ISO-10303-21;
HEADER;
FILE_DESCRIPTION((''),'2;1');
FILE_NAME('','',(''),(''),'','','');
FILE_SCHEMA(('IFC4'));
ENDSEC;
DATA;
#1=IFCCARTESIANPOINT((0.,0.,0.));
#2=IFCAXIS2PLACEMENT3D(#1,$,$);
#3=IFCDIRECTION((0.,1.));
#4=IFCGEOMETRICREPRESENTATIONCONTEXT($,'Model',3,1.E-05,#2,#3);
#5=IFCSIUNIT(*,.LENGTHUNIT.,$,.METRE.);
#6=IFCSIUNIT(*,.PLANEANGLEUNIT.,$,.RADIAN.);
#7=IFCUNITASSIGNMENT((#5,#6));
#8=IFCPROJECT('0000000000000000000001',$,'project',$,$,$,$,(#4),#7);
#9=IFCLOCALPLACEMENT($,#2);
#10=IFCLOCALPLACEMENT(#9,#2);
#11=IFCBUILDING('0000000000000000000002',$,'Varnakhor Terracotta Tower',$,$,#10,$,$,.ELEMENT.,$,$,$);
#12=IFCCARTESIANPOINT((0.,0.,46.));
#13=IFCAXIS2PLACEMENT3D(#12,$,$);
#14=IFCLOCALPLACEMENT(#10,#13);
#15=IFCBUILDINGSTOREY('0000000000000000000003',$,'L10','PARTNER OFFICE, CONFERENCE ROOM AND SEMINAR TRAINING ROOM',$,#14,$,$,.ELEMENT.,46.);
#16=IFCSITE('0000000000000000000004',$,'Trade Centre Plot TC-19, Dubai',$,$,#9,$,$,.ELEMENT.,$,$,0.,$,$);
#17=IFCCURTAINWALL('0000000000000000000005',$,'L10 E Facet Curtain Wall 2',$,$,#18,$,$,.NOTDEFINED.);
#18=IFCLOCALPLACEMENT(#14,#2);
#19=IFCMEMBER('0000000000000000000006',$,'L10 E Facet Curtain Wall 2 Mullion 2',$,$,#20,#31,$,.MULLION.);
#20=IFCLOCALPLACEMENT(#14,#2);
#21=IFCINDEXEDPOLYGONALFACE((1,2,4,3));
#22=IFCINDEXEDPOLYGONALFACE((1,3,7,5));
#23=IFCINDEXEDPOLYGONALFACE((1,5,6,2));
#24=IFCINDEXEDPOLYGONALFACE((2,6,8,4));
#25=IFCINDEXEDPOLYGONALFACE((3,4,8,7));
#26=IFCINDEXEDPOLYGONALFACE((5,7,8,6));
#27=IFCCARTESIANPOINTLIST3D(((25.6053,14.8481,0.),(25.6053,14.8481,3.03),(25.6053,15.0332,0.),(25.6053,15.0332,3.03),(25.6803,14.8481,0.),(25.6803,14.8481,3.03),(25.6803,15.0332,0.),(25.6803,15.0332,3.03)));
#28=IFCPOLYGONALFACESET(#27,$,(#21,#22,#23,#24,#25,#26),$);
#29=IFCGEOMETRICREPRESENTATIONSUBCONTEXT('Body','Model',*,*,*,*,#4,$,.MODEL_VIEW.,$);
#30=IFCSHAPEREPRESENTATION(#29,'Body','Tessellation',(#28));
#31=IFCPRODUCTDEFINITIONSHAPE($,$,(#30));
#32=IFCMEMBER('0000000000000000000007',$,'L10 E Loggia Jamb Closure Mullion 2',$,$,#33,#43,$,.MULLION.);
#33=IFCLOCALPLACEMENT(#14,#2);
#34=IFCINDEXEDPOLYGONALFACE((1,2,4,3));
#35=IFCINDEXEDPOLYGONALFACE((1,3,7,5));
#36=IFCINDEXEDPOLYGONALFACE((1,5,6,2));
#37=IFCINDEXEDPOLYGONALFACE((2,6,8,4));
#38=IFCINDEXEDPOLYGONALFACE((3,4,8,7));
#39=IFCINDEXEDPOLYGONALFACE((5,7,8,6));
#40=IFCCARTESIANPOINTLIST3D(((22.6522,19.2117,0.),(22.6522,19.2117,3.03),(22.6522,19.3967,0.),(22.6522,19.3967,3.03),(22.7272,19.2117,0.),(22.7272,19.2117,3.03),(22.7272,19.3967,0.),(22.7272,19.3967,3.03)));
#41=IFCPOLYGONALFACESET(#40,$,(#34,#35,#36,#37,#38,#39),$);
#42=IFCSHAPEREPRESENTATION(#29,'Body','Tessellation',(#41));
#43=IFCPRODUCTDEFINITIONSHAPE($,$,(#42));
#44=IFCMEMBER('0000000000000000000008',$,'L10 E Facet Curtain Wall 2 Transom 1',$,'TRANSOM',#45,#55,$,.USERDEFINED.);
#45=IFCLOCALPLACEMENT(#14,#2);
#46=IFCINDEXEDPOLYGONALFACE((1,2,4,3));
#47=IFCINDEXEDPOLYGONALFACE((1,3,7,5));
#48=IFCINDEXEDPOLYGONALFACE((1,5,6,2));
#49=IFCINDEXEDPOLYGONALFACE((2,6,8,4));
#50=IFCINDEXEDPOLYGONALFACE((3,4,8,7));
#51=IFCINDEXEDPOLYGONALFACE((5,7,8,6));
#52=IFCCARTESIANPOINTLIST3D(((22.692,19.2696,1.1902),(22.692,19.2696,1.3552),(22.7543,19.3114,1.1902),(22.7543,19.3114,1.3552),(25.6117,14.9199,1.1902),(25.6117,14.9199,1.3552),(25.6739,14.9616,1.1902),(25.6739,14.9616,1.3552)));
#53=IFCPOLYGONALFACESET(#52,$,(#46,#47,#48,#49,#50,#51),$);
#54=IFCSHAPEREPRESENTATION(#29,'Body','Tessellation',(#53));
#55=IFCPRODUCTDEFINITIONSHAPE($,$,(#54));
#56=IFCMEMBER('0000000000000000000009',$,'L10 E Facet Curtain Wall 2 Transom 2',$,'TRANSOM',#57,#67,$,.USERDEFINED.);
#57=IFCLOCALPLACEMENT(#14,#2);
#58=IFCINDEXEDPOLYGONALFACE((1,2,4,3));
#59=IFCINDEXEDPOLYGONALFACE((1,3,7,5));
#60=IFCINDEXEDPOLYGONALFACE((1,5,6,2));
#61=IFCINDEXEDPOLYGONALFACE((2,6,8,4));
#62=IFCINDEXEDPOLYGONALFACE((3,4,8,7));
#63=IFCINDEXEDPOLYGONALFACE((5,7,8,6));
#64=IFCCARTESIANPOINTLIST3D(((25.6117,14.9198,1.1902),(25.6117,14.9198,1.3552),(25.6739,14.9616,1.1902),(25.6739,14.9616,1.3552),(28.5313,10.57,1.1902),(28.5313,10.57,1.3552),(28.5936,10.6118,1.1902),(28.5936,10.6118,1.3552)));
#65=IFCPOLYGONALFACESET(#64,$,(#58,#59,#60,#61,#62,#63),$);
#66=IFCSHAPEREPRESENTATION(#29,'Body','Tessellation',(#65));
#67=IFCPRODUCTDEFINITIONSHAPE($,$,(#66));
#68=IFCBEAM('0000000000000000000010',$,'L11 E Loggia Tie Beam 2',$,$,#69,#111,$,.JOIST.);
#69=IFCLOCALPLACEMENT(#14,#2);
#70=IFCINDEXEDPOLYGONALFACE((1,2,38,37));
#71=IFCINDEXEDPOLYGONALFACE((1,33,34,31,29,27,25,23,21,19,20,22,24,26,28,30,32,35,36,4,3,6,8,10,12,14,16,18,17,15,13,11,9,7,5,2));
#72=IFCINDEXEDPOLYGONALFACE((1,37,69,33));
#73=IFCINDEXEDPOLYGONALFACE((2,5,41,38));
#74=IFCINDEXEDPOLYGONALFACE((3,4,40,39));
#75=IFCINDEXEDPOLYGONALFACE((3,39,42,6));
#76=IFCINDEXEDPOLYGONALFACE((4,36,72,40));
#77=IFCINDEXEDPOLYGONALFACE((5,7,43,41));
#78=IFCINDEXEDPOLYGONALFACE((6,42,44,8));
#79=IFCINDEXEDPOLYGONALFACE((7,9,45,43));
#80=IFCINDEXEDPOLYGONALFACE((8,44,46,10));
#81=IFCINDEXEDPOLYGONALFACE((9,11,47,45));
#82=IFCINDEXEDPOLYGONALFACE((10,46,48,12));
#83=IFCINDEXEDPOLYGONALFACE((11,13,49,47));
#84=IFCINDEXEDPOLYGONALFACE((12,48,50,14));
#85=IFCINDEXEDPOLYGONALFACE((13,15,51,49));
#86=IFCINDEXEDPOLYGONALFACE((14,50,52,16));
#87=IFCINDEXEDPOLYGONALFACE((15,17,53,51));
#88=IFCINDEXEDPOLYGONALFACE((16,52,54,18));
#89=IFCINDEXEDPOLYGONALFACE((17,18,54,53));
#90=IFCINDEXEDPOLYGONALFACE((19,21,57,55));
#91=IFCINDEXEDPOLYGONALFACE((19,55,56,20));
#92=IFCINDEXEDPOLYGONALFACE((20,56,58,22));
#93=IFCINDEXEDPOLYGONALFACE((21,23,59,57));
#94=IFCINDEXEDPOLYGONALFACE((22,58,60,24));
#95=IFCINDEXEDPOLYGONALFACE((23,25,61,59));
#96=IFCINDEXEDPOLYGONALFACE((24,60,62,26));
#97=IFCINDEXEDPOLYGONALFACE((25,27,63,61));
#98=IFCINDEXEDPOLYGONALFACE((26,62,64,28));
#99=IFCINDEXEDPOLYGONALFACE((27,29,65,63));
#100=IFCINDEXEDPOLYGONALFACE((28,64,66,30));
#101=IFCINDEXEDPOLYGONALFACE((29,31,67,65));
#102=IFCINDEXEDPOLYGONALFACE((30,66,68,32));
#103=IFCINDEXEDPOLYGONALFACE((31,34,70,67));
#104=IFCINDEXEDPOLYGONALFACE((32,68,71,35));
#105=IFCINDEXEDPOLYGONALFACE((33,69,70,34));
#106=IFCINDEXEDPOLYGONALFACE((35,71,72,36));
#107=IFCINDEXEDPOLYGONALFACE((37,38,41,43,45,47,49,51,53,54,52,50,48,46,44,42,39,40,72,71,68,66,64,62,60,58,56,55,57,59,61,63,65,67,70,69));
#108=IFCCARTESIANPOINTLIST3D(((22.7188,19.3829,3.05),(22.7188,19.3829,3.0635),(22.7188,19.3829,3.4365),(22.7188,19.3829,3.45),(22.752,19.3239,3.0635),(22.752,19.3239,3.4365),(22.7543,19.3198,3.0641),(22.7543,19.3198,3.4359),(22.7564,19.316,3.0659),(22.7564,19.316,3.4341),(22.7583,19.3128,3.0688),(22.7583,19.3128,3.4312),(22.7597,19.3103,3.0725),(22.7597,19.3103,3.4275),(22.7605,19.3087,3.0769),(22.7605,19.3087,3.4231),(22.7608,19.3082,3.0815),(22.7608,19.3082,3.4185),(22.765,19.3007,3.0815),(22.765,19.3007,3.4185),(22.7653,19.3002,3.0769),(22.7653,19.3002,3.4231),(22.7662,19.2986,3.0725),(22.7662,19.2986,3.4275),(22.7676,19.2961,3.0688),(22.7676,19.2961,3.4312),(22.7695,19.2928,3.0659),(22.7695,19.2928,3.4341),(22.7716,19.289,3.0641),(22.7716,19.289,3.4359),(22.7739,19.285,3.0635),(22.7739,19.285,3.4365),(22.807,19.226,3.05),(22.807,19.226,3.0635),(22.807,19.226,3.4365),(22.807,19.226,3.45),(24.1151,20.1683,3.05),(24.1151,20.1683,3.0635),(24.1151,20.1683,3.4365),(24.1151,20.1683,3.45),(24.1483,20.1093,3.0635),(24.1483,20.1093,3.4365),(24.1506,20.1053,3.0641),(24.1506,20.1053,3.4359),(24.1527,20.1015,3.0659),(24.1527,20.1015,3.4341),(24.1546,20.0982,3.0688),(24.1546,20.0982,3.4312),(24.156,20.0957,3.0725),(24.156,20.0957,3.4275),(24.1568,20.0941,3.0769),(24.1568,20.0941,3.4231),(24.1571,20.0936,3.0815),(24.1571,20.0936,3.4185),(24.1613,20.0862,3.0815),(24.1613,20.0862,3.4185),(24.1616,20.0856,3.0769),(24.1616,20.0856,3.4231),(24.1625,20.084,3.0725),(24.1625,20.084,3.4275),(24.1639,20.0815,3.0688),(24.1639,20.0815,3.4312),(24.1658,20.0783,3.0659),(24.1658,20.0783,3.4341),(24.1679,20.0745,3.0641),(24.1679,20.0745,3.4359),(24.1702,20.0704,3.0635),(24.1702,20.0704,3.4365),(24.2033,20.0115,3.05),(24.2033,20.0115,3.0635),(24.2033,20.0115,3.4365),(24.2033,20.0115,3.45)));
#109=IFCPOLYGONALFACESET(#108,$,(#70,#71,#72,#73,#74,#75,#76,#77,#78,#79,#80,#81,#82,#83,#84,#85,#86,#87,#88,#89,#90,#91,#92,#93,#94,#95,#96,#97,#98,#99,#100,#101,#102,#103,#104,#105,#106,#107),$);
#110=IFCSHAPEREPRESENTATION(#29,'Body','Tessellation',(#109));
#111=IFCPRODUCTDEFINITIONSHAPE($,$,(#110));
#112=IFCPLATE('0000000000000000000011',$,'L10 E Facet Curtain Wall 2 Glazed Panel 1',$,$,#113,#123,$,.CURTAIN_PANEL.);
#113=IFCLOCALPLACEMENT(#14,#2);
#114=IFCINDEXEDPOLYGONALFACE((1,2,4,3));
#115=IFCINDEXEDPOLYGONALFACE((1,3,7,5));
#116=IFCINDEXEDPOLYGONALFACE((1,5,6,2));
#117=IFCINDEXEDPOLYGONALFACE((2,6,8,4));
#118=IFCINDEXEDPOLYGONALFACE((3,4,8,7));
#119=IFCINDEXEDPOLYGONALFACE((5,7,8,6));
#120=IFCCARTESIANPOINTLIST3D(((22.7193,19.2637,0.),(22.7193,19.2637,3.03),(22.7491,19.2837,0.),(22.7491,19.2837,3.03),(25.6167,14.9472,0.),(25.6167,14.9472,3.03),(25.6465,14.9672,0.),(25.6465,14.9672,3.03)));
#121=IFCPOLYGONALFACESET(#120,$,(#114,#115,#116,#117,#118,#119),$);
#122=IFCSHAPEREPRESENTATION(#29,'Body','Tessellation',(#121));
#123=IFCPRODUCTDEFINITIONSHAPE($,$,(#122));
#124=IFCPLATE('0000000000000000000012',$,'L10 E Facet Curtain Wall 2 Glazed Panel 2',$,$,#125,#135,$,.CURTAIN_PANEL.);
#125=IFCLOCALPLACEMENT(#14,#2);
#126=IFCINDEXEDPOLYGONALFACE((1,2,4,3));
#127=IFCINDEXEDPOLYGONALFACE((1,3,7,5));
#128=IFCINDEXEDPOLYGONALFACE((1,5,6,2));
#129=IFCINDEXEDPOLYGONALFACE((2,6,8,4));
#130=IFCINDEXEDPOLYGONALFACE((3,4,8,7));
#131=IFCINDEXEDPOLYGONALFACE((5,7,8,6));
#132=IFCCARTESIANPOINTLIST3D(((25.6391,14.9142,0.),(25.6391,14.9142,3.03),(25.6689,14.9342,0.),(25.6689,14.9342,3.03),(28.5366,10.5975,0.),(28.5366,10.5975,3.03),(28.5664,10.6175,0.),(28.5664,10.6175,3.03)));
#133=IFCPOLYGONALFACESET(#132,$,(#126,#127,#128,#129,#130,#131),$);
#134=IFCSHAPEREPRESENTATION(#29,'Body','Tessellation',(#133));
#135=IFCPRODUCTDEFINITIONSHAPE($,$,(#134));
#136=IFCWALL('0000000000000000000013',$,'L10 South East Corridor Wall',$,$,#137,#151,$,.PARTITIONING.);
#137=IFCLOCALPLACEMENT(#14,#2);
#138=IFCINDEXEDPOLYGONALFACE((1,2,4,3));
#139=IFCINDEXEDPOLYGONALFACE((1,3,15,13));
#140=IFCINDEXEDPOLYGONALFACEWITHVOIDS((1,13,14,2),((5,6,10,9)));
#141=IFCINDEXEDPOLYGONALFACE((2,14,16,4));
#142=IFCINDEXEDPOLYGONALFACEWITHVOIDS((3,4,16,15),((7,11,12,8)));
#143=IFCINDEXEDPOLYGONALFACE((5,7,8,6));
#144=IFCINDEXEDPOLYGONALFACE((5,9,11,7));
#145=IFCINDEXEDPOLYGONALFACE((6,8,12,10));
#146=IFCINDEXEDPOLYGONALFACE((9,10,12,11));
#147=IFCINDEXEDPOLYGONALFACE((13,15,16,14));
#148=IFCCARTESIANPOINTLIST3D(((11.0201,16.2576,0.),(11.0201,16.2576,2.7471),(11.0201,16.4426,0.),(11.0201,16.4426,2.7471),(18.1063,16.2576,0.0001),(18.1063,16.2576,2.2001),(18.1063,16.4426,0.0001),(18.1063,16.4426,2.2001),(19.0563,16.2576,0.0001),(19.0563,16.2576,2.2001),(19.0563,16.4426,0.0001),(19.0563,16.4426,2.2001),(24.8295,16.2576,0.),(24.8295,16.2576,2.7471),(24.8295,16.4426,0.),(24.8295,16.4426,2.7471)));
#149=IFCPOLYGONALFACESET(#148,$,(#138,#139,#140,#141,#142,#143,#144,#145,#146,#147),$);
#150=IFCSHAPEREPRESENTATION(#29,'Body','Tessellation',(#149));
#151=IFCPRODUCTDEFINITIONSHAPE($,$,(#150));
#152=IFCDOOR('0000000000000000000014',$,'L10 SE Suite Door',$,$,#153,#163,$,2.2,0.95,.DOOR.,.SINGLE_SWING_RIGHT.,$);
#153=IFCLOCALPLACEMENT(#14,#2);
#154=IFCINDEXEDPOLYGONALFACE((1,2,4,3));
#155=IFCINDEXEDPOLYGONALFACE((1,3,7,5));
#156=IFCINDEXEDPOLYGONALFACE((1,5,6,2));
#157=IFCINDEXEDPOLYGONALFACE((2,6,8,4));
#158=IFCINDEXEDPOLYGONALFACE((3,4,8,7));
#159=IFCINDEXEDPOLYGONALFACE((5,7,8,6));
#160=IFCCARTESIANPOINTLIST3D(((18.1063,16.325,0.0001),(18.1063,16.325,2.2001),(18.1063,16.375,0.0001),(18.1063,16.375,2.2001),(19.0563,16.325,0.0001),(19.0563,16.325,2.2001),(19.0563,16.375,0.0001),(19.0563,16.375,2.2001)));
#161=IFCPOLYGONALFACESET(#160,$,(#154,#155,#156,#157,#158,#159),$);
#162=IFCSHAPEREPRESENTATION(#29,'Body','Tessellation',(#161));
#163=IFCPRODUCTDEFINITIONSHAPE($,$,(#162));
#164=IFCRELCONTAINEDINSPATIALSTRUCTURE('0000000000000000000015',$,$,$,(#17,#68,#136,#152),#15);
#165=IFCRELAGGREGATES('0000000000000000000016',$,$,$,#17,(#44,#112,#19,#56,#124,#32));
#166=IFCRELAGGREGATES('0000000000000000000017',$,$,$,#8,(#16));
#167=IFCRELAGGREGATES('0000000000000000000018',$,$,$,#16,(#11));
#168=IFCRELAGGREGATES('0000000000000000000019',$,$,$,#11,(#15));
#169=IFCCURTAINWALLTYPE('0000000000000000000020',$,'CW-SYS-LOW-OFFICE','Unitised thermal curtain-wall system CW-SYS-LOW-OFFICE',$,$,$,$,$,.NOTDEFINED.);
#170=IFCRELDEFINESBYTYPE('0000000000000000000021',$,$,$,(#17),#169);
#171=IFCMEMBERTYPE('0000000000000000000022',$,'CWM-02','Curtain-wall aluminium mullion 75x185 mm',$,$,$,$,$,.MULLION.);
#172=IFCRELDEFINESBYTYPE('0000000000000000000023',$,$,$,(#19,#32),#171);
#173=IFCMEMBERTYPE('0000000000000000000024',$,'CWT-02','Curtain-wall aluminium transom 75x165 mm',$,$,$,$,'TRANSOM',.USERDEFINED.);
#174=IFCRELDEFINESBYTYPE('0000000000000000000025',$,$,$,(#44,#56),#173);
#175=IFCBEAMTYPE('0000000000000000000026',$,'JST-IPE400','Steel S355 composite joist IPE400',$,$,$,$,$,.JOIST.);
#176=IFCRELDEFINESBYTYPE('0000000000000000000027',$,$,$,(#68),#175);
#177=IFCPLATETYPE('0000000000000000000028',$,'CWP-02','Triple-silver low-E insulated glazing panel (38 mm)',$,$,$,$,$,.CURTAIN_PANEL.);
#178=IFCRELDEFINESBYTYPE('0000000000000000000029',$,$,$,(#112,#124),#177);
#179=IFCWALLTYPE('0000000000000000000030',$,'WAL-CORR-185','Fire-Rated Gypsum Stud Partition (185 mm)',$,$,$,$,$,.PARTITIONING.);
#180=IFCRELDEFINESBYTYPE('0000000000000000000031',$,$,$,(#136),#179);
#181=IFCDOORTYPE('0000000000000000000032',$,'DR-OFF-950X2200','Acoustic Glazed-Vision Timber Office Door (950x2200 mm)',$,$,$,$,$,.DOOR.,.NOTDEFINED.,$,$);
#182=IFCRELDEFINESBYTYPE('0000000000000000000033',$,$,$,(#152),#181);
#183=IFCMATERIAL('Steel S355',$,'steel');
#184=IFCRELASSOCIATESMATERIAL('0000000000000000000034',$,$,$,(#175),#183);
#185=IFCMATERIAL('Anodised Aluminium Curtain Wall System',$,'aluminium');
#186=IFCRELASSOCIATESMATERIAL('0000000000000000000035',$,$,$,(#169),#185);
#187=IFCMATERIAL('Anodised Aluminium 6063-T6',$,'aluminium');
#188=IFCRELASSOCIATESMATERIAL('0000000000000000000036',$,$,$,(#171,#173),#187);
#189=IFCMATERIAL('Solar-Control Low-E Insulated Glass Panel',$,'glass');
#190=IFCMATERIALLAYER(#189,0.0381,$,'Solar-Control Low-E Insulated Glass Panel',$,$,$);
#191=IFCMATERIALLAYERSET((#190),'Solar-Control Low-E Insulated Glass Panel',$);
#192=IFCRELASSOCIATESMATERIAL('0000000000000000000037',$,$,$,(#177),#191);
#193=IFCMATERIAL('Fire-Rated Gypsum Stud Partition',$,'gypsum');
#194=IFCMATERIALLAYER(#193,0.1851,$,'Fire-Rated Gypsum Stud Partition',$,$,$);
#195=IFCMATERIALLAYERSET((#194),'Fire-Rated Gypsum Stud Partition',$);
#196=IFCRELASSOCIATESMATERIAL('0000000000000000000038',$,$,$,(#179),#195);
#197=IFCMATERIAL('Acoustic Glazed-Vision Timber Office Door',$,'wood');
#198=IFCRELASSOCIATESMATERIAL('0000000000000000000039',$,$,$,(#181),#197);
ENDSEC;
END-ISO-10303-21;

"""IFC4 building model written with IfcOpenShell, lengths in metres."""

from ifc_helpers import new_model, si_unit, direction, frame, frame_2d, origin, origin_2d, place, context, subcontext, project, spatial, rectangle, i_section, extrude, source, transform, mapped, material, layer, layer_set, material_profile, profile_set, type_object, type_shapes, element, fill, aggregate, save


model = new_model("IFC4")

# Units and contexts
model_context = context("Model", 3, precision=1e-05, world=origin(), true_north=direction((0.0, 1.0)))
body_context = subcontext(model_context, "Body", "Model", "MODEL_VIEW")
ifc_project = project(units=[si_unit("LENGTHUNIT", "METRE"), si_unit("PLANEANGLEUNIT", "RADIAN")], contexts=[model_context])

# Site, building, storey
site_placement = place(None, origin())
site = spatial("IfcSite", under=ifc_project, at=site_placement, Name="Trade Centre Plot TC-19, Dubai", CompositionType="ELEMENT", RefElevation=0.0)
building_placement = place(site_placement, origin())
building = spatial("IfcBuilding", under=site, at=building_placement, Name="Varnakhor Terracotta Tower", CompositionType="ELEMENT")
storey_placement = place(building_placement, frame((0.0, 0.0, 46.0)))
storey = spatial("IfcBuildingStorey", under=building, at=storey_placement, Name="L10", Description="PARTNER OFFICE, CONFERENCE ROOM AND SEMINAR TRAINING ROOM", CompositionType="ELEMENT", Elevation=46.0)

# Shared definitions
ifc_material_1 = material(Name="Steel S355", Category="steel")
ifc_material_profile_1 = material_profile(ifc_material_1, i_section(OverallWidth=0.1799, OverallDepth=0.3999, WebThickness=0.0085, FlangeThickness=0.0134, FilletRadius=0.0181, at=origin_2d()), Name="IPE400")
ifc_profile_set_1 = profile_set([ifc_material_profile_1], Name="Steel S355")
beam_type_1 = type_object("IfcBeamType", Name="JST-IPE400", Description="Steel S355 composite joist IPE400", PredefinedType="JOIST", material=ifc_profile_set_1)

# Curtain wall, members
ifc_material_2 = material(Name="Anodised Aluminium Curtain Wall System", Category="aluminium")
curtain_wall_type = type_object("IfcCurtainWallType", Name="CW-SYS-LOW-OFFICE", Description="Unitised thermal curtain-wall system CW-SYS-LOW-OFFICE", PredefinedType="NOTDEFINED", material=ifc_material_2)
curtain_wall_placement = place(storey_placement, origin())
curtain_wall = element("IfcCurtainWall", 1, at=curtain_wall_placement, inside=storey, type_object=curtain_wall_type, Name="L10 E Facet Curtain Wall 2", PredefinedType="NOTDEFINED")
ifc_material_3 = material(Name="Anodised Aluminium 6063-T6", Category="aluminium")
ifc_material_profile_2 = material_profile(ifc_material_3, rectangle(XDim=0.075, YDim=0.1851, at=origin_2d()), Name="ALU MULLION 75x185")
ifc_profile_set_2 = profile_set([ifc_material_profile_2], Name="Anodised Aluminium 6063-T6")
member_type_1 = type_object("IfcMemberType", Name="CWM-02", Description="Curtain-wall aluminium mullion 75x185 mm", PredefinedType="MULLION", material=ifc_profile_set_2)
shared_shape_1 = source(origin(), body_context, "Body", "SweptSolid", [
    extrude(rectangle(XDim=0.075, YDim=0.1851, at=origin_2d()), origin(), (0.0, 0.0, 1.0), 3.03),
])
type_shapes(member_type_1, [shared_shape_1])
member_1_placement = place(storey_placement, frame((25.6428, 14.9407, 0.0), z_axis=(0.0, 0.0, 1.0), x_axis=(1.0, 0.0, 0.0)))
member_1 = element("IfcMember", 2, at=member_1_placement, type_object=member_type_1, Name="L10 E Facet Curtain Wall 2 Mullion 2", PredefinedType="MULLION", context=body_context, shape_type="MappedRepresentation", body=[
    mapped(shared_shape_1, transform((0.0, 0.0, 0.0), scale=1.0)),
])
member_2_placement = place(storey_placement, frame((22.6897, 19.3042, 0.0), z_axis=(0.0, 0.0, 1.0), x_axis=(1.0, 0.0, 0.0)))
member_2 = element("IfcMember", 3, at=member_2_placement, type_object=member_type_1, Name="L10 E Loggia Jamb Closure Mullion 2", PredefinedType="MULLION", context=body_context, shape_type="MappedRepresentation", body=[
    mapped(shared_shape_1, transform((0.0, 0.0, 0.0), scale=1.0)),
])
ifc_material_profile_3 = material_profile(ifc_material_3, rectangle(XDim=0.075, YDim=0.165, at=origin_2d()), Name="ALU TRANSOM 75x165")
ifc_profile_set_3 = profile_set([ifc_material_profile_3], Name="Anodised Aluminium 6063-T6")
member_type_2 = type_object("IfcMemberType", Name="CWT-02", Description="Curtain-wall aluminium transom 75x165 mm", ElementType="TRANSOM", PredefinedType="USERDEFINED", material=ifc_profile_set_3)
shared_shape_2 = source(origin(), body_context, "Body", "SweptSolid", [
    extrude(rectangle(XDim=0.075, YDim=0.165, at=origin_2d()), origin(), (0.0, 0.0, 1.0), 5.2388),
])
member_3_placement = place(storey_placement, frame((22.7231, 19.2905, 1.2727), z_axis=(0.557311, -0.830304, 0.0), x_axis=(0.830304, 0.557311, 0.0)))
member_3 = element("IfcMember", 4, at=member_3_placement, type_object=member_type_2, Name="L10 E Facet Curtain Wall 2 Transom 1", ObjectType="TRANSOM", PredefinedType="USERDEFINED", context=body_context, shape_type="MappedRepresentation", body=[
    mapped(shared_shape_2, transform((0.0, 0.0, 0.0), scale=1.0)),
])
member_4_placement = place(storey_placement, frame((25.6428, 14.9407, 1.2727), z_axis=(0.557311, -0.830304, 0.0), x_axis=(0.830304, 0.557311, 0.0)))
member_4 = element("IfcMember", 5, at=member_4_placement, type_object=member_type_2, Name="L10 E Facet Curtain Wall 2 Transom 2", ObjectType="TRANSOM", PredefinedType="USERDEFINED", context=body_context, shape_type="MappedRepresentation", body=[
    mapped(shared_shape_2, transform((0.0, 0.0, 0.0), scale=1.0)),
])

# Beam
shared_shape_3 = source(origin(), body_context, "Body", "SweptSolid", [
    extrude(i_section(OverallWidth=0.1799, OverallDepth=0.3999, WebThickness=0.0085, FlangeThickness=0.0134, FilletRadius=0.0181, at=origin_2d()), origin(), (0.0, 0.0, 1.0), 1.6021),
])
beam_1_placement = place(storey_placement, frame((22.7629, 19.3044, 3.25), z_axis=(0.871571, 0.490268, 0.0), x_axis=(-0.490268, 0.871571, 0.0)))
element("IfcBeam", 6, at=beam_1_placement, inside=storey, type_object=beam_type_1, Name="L11 E Loggia Tie Beam 2", PredefinedType="JOIST", context=body_context, shape_type="MappedRepresentation", body=[
    mapped(shared_shape_3, transform((0.0, 0.0, 0.0), scale=1.0)),
])

# Plates
ifc_material_4 = material(Name="Solar-Control Low-E Insulated Glass Panel", Category="glass")
ifc_layer_1 = layer(ifc_material_4, 0.0381, Name="Solar-Control Low-E Insulated Glass Panel")
ifc_layer_set_1 = layer_set([ifc_layer_1], Name="Solar-Control Low-E Insulated Glass Panel")
plate_type = type_object("IfcPlateType", Name="CWP-02", Description="Triple-silver low-E insulated glazing panel (38 mm)", PredefinedType="CURTAIN_PANEL", material=ifc_layer_set_1)
shared_shape_4 = source(origin(), body_context, "Body", "SweptSolid", [
    extrude(rectangle(XDim=5.1987, YDim=0.0359, at=origin_2d()), origin(), (0.0, 0.0, 1.0), 3.03),
])
plate_1_placement = place(storey_placement, frame((24.1829, 17.1155, 0.0), z_axis=(0.0, 0.0, 1.0), x_axis=(0.557325, -0.830294, 0.0)))
plate_1 = element("IfcPlate", 7, at=plate_1_placement, type_object=plate_type, Name="L10 E Facet Curtain Wall 2 Glazed Panel 1", PredefinedType="CURTAIN_PANEL", context=body_context, shape_type="MappedRepresentation", body=[
    mapped(shared_shape_4, transform((0.0, 0.0, 0.0), scale=1.0)),
])
shared_shape_5 = source(origin(), body_context, "Body", "SweptSolid", [
    extrude(rectangle(XDim=5.199, YDim=0.0359, at=origin_2d()), origin(), (0.0, 0.0, 1.0), 3.03),
])
plate_2_placement = place(storey_placement, frame((27.1028, 12.7659, 0.0), z_axis=(0.0, 0.0, 1.0), x_axis=(0.557325, -0.830294, 0.0)))
plate_2 = element("IfcPlate", 8, at=plate_2_placement, type_object=plate_type, Name="L10 E Facet Curtain Wall 2 Glazed Panel 2", PredefinedType="CURTAIN_PANEL", context=body_context, shape_type="MappedRepresentation", body=[
    mapped(shared_shape_5, transform((0.0, 0.0, 0.0), scale=1.0)),
])
aggregate(curtain_wall, [member_3, plate_1, member_1, member_4, plate_2, member_2])

# Wall, opening, door
ifc_material_5 = material(Name="Fire-Rated Gypsum Stud Partition", Category="gypsum")
ifc_layer_2 = layer(ifc_material_5, 0.1851, Name="Fire-Rated Gypsum Stud Partition")
ifc_layer_set_2 = layer_set([ifc_layer_2], Name="Fire-Rated Gypsum Stud Partition")
wall_type_1 = type_object("IfcWallType", Name="WAL-CORR-185", Description="Fire-Rated Gypsum Stud Partition (185 mm)", PredefinedType="PARTITIONING", material=ifc_layer_set_2)
wall_1_placement = place(storey_placement, frame((11.02, 16.3501, 0.0), z_axis=(0.0, 0.0, 1.0), x_axis=(1.0, 0.0, 0.0)))
wall_1 = element("IfcWall", 9, at=wall_1_placement, inside=storey, type_object=wall_type_1, Name="L10 South East Corridor Wall", PredefinedType="PARTITIONING", context=body_context, shape_type="SweptSolid", body=[
    extrude(rectangle(XDim=13.8093, YDim=0.1851, at=frame_2d((6.9048, 0.0))), origin(), (0.0, 0.0, 1.0), 2.7471),
])
opening_1_placement = place(wall_1_placement, frame((7.0862, 0.0, 0.0)))
opening_1 = element("IfcOpeningElement", 10, at=opening_1_placement, cuts=wall_1, PredefinedType="OPENING", context=body_context, shape_type="SweptSolid", body=[
    extrude(rectangle(XDim=0.95, YDim=2.2, at=frame_2d((0.4751, 1.1001))), frame((0.0, 0.1025, 0.0), z_axis=(0.0, -1.0, 0.0), x_axis=(1.0, 0.0, 0.0)), (0.0, 0.0, 1.0), 0.2051),
])
ifc_material_6 = material(Name="Acoustic Glazed-Vision Timber Office Door", Category="wood")
door_type_1 = type_object("IfcDoorType", Name="DR-OFF-950X2200", Description="Acoustic Glazed-Vision Timber Office Door (950x2200 mm)", OperationType="NOTDEFINED", PredefinedType="DOOR", material=ifc_material_6)
shared_shape_6 = source(origin(), body_context, "Body", "SweptSolid", [
    extrude(rectangle(XDim=0.95, YDim=2.2, at=frame_2d((0.4751, 1.1001))), frame((0.0, 0.0249, 0.0), z_axis=(0.0, -1.0, 0.0), x_axis=(1.0, 0.0, 0.0)), (0.0, 0.0, 1.0), 0.05),
])
type_shapes(door_type_1, [shared_shape_6])
door_1_placement = place(opening_1_placement, origin())
door_1 = element("IfcDoor", 11, at=door_1_placement, inside=storey, type_object=door_type_1, Name="L10 SE Suite Door", OperationType="SINGLE_SWING_RIGHT", OverallHeight=2.2, OverallWidth=0.95, PredefinedType="DOOR", context=body_context, shape_type="MappedRepresentation", body=[
    mapped(shared_shape_6, transform((0.0, 0.0, 0.0), scale=1.0)),
])
fill(opening_1, door_1)

save(model, "model.ifc")
